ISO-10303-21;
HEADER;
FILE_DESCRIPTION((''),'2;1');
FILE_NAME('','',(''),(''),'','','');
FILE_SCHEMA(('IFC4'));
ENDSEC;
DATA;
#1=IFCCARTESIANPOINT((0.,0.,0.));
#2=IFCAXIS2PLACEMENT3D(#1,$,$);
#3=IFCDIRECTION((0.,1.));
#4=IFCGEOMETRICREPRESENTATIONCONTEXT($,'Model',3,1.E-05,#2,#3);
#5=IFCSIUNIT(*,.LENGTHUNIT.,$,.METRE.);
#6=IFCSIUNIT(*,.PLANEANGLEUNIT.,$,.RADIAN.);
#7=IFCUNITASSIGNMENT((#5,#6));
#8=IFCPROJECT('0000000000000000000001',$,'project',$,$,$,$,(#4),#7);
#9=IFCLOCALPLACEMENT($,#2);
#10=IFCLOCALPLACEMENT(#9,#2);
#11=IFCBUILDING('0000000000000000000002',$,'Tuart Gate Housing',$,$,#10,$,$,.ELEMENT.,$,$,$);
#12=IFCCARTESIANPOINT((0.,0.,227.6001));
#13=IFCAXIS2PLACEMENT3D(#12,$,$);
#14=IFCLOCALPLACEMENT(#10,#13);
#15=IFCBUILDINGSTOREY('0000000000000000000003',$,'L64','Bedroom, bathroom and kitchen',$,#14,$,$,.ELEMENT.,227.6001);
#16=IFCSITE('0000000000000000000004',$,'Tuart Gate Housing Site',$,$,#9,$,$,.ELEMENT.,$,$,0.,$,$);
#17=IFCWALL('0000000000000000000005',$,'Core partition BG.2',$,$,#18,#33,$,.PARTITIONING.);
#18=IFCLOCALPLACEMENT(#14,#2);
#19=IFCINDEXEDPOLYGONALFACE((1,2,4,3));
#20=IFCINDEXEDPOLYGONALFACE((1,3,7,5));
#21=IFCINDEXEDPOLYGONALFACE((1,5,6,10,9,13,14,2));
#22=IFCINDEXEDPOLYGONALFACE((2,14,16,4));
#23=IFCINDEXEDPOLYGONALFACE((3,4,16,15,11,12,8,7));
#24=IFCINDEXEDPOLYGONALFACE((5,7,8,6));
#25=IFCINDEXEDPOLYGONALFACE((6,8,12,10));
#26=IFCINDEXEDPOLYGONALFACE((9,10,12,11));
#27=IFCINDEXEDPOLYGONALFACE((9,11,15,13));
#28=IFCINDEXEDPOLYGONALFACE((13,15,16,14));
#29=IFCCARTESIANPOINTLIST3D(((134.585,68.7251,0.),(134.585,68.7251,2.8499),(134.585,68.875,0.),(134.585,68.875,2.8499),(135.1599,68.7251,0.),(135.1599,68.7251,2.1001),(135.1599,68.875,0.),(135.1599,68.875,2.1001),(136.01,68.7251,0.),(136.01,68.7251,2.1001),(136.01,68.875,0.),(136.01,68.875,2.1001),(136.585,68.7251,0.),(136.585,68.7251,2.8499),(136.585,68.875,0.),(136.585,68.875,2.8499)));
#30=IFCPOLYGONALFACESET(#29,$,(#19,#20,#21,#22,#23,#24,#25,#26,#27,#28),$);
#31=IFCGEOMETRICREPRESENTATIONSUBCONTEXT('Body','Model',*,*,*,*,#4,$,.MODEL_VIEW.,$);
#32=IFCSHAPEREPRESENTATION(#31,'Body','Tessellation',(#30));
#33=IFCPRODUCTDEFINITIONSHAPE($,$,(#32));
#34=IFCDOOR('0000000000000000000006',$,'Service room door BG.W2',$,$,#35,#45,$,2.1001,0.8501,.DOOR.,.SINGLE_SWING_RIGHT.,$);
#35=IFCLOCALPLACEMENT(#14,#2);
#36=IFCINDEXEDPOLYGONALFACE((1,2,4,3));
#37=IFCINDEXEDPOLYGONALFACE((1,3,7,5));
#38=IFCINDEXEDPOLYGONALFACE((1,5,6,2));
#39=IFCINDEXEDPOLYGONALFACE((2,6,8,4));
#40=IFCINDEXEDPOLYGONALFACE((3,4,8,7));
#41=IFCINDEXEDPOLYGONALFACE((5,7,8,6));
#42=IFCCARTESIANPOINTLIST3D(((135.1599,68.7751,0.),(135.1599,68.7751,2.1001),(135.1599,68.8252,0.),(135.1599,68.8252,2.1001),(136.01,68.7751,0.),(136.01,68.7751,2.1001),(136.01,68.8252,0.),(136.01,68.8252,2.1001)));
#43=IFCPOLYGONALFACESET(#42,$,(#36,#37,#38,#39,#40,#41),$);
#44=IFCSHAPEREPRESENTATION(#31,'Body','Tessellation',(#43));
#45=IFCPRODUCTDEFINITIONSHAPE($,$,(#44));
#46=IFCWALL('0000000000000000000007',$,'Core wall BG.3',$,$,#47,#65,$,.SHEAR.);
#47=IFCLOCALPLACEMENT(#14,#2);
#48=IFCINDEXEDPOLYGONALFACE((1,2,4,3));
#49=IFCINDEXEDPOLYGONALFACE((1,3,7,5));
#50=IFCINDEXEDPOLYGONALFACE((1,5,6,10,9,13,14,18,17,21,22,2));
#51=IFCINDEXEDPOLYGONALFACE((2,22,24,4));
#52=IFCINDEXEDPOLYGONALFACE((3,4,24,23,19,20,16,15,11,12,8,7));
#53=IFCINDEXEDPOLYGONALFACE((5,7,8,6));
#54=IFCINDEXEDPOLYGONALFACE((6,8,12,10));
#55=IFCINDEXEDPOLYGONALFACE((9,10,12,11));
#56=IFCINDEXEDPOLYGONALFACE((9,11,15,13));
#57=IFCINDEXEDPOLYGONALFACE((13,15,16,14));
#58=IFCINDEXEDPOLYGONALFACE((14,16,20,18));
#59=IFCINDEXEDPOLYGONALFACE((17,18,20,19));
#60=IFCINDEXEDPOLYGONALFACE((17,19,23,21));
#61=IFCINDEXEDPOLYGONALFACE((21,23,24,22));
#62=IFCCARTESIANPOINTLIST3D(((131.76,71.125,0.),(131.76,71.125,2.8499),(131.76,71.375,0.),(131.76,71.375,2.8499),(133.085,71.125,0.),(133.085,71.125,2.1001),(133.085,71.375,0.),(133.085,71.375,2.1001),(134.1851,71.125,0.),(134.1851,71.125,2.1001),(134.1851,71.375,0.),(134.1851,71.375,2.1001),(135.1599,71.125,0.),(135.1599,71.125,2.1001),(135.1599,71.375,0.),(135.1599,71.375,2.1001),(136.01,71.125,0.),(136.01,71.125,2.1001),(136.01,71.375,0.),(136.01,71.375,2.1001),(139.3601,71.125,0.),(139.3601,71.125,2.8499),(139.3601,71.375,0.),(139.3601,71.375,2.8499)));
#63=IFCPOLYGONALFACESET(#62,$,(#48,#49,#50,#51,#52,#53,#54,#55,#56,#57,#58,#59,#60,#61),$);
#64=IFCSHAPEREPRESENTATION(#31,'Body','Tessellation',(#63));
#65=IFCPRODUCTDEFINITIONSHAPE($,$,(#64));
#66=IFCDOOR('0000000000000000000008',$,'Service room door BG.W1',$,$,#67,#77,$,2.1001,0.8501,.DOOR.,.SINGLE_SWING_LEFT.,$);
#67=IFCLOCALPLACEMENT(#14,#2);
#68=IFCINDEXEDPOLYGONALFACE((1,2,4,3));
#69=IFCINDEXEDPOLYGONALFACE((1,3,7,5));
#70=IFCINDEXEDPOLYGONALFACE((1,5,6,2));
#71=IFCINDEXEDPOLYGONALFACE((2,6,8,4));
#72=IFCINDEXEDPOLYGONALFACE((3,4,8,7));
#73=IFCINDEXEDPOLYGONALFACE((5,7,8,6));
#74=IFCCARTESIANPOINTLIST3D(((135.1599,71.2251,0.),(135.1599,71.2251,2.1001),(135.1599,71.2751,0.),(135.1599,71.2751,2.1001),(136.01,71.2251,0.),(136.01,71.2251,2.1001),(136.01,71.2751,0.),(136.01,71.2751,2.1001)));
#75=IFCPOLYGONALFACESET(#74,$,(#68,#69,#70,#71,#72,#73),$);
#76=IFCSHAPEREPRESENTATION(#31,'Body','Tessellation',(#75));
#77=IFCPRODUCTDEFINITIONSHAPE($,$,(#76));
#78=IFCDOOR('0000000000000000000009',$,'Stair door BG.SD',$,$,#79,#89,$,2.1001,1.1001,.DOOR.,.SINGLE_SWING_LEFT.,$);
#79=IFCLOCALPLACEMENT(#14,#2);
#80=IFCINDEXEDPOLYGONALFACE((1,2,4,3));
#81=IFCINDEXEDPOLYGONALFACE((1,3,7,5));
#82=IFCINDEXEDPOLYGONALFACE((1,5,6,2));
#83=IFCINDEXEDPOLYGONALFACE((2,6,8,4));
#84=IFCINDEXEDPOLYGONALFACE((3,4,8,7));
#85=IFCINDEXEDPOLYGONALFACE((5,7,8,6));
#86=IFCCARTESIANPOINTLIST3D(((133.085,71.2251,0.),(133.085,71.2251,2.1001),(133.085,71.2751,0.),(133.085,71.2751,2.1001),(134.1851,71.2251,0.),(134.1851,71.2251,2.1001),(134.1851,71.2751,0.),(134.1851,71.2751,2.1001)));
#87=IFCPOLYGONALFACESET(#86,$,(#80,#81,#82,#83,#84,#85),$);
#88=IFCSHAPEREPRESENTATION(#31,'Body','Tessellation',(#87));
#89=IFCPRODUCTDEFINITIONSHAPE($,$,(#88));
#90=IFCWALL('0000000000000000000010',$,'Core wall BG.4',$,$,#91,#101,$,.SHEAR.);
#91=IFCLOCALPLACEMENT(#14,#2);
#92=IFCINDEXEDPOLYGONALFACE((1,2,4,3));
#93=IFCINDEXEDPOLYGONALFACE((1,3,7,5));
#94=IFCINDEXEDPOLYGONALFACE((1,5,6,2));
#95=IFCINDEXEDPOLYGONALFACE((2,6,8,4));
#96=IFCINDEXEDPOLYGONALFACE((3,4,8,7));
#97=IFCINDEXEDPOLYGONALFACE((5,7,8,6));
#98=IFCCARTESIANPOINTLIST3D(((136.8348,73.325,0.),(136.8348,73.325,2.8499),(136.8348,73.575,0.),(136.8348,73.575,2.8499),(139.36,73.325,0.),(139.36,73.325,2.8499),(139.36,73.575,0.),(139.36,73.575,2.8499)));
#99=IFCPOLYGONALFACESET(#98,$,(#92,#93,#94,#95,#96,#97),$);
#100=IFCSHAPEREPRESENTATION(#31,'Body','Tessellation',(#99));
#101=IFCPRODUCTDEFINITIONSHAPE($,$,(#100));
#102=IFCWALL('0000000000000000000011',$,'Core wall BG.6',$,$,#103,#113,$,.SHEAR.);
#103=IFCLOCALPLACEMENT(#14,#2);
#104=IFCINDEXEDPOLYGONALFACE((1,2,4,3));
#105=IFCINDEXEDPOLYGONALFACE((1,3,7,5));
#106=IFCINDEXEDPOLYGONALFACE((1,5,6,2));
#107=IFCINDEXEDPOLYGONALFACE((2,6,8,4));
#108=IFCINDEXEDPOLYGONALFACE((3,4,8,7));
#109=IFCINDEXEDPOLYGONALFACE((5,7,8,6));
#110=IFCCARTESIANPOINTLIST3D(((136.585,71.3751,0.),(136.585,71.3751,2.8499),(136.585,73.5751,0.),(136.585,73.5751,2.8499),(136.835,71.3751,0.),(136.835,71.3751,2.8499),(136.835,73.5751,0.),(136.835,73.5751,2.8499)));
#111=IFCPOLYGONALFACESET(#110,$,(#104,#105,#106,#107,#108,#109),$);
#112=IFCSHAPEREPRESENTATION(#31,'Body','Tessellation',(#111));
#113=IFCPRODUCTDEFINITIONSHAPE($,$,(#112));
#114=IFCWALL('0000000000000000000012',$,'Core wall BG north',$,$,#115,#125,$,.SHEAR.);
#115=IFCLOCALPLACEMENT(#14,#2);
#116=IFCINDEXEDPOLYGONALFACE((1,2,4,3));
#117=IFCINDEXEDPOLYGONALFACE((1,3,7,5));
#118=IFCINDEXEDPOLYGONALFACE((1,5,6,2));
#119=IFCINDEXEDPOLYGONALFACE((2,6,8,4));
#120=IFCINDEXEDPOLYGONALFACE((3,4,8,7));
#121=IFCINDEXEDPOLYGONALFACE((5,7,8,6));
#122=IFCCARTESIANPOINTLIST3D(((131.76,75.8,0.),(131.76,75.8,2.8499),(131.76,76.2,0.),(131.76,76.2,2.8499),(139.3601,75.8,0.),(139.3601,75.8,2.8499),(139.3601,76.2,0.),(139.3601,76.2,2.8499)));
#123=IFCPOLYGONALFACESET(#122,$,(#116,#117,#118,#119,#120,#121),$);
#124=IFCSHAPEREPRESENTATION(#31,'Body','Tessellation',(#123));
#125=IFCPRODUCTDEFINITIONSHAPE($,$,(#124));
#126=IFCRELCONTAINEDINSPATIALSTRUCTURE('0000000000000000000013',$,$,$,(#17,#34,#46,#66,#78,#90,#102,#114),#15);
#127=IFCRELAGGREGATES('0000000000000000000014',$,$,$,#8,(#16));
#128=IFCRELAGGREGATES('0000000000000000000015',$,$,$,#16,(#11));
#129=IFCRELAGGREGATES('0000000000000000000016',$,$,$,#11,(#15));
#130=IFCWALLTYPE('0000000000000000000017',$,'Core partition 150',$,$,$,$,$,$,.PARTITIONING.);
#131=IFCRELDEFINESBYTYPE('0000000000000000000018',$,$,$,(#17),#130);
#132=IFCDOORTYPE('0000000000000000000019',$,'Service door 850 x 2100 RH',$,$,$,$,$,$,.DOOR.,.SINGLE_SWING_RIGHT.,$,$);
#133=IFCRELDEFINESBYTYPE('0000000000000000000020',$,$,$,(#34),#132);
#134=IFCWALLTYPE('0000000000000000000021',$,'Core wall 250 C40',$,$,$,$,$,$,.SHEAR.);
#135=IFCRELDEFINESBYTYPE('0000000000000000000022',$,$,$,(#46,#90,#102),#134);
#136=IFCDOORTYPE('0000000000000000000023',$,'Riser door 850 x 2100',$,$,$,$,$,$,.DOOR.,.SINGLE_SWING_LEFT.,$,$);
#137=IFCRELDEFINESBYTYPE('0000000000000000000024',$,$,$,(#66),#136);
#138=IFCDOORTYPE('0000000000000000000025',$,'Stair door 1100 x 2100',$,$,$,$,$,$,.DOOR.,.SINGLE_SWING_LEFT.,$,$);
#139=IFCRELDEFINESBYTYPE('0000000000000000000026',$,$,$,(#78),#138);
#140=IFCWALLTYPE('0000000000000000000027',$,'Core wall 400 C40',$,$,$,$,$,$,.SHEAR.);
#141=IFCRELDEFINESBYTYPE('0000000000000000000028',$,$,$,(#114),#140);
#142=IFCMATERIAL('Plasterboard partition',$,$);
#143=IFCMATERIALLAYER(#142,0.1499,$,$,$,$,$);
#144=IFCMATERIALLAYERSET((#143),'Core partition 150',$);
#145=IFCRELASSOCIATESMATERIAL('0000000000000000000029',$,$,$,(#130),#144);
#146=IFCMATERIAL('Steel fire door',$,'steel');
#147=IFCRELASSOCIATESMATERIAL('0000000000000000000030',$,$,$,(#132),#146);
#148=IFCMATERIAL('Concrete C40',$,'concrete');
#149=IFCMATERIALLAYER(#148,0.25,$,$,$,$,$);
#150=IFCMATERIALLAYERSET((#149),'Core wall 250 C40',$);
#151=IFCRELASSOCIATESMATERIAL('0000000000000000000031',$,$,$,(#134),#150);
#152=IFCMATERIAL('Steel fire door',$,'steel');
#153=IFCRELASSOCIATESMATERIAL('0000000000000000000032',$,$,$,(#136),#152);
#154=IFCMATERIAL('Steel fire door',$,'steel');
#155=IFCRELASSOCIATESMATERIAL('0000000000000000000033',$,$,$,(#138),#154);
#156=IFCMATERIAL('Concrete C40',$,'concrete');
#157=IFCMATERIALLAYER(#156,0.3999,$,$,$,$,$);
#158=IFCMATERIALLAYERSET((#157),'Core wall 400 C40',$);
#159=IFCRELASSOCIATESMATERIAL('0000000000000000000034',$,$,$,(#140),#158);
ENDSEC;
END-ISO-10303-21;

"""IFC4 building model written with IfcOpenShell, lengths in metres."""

from ifc_helpers import new_model, si_unit, direction, frame, frame_2d, origin, place, context, subcontext, project, spatial, rectangle, extrude, material, layer, layer_set, type_object, element, fill, save


model = new_model("IFC4")

# Units and contexts
model_context = context("Model", 3, precision=1e-05, world=origin(), true_north=direction((0.0, 1.0)))
body_context = subcontext(model_context, "Body", "Model", "MODEL_VIEW")
ifc_project = project(units=[si_unit("LENGTHUNIT", "METRE"), si_unit("PLANEANGLEUNIT", "RADIAN")], contexts=[model_context])

# Site, building, storey
site_placement = place(None, origin())
site = spatial("IfcSite", under=ifc_project, at=site_placement, Name="Tuart Gate Housing Site", CompositionType="ELEMENT", RefElevation=0.0)
building_placement = place(site_placement, origin())
building = spatial("IfcBuilding", under=site, at=building_placement, Name="Tuart Gate Housing", CompositionType="ELEMENT")
storey_placement = place(building_placement, frame((0.0, 0.0, 227.6001)))
storey = spatial("IfcBuildingStorey", under=building, at=storey_placement, Name="L64", Description="Bedroom, bathroom and kitchen", CompositionType="ELEMENT", Elevation=227.6001)

# Wall, opening, door
ifc_material_1 = material(Name="Plasterboard partition")
ifc_layer_1 = layer(ifc_material_1, 0.1499)
ifc_layer_set_1 = layer_set([ifc_layer_1], Name="Core partition 150")
wall_type_1 = type_object("IfcWallType", Name="Core partition 150", PredefinedType="PARTITIONING", material=ifc_layer_set_1)
wall_1_placement = place(storey_placement, frame((136.585, 68.8, 0.0), z_axis=(0.0, 0.0, 1.0), x_axis=(-1.0, 0.0, 0.0)))
wall_1 = element("IfcWall", 1, at=wall_1_placement, inside=storey, type_object=wall_type_1, Name="Core partition BG.2", PredefinedType="PARTITIONING", context=body_context, shape_type="SweptSolid", body=[
    extrude(rectangle(XDim=2.0, YDim=0.1499, at=frame_2d((1.0, 0.0))), origin(), (0.0, 0.0, 1.0), 2.8499),
])
opening_1_placement = place(wall_1_placement, frame((0.575, 0.0, 0.0)))
opening_1 = element("IfcOpeningElement", 2, at=opening_1_placement, cuts=wall_1, PredefinedType="OPENING", context=body_context, shape_type="SweptSolid", body=[
    extrude(rectangle(XDim=0.8501, YDim=2.1001, at=frame_2d((0.425, 1.05))), frame((0.0, 0.085, 0.0), z_axis=(0.0, -1.0, 0.0), x_axis=(1.0, 0.0, 0.0)), (0.0, 0.0, 1.0), 0.1699),
])
ifc_material_2 = material(Name="Steel fire door", Category="steel")
door_type_1 = type_object("IfcDoorType", Name="Service door 850 x 2100 RH", OperationType="SINGLE_SWING_RIGHT", PredefinedType="DOOR", material=ifc_material_2)
door_1_placement = place(opening_1_placement, frame((0.8501, 0.0, 0.0), z_axis=(0.0, 0.0, 1.0), x_axis=(-1.0, 0.0, 0.0)))
door_1 = element("IfcDoor", 3, at=door_1_placement, inside=storey, type_object=door_type_1, Name="Service room door BG.W2", OperationType="SINGLE_SWING_RIGHT", OverallHeight=2.1001, OverallWidth=0.8501, PredefinedType="DOOR", context=body_context, shape_type="SweptSolid", body=[
    extrude(rectangle(XDim=0.8501, YDim=2.1001, at=frame_2d((0.425, 1.05))), frame((0.0, 0.0251, 0.0), z_axis=(0.0, -1.0, 0.0), x_axis=(1.0, 0.0, 0.0)), (0.0, 0.0, 1.0), 0.05),
])
fill(opening_1, door_1)

# Wall, openings, doors
ifc_material_3 = material(Name="Concrete C40", Category="concrete")
ifc_layer_2 = layer(ifc_material_3, 0.25)
ifc_layer_set_2 = layer_set([ifc_layer_2], Name="Core wall 250 C40")
wall_type_2 = type_object("IfcWallType", Name="Core wall 250 C40", PredefinedType="SHEAR", material=ifc_layer_set_2)
wall_2_placement = place(storey_placement, frame((139.3601, 71.25, 0.0), z_axis=(0.0, 0.0, 1.0), x_axis=(-1.0, 0.0, 0.0)))
wall_2 = element("IfcWall", 4, at=wall_2_placement, inside=storey, type_object=wall_type_2, Name="Core wall BG.3", PredefinedType="SHEAR", context=body_context, shape_type="SweptSolid", body=[
    extrude(rectangle(XDim=7.6001, YDim=0.25, at=frame_2d((3.8, 0.0))), origin(), (0.0, 0.0, 1.0), 2.8499),
])
opening_2_placement = place(wall_2_placement, frame((5.175, 0.0, 0.0)))
opening_2 = element("IfcOpeningElement", 5, at=opening_2_placement, cuts=wall_2, PredefinedType="OPENING", context=body_context, shape_type="SweptSolid", body=[
    extrude(rectangle(XDim=1.1001, YDim=2.1001, at=frame_2d((0.55, 1.05))), frame((0.0, 0.135, 0.0), z_axis=(0.0, -1.0, 0.0), x_axis=(1.0, 0.0, 0.0)), (0.0, 0.0, 1.0), 0.27),
])
opening_3_placement = place(wall_2_placement, frame((3.3501, 0.0, 0.0)))
opening_3 = element("IfcOpeningElement", 6, at=opening_3_placement, cuts=wall_2, PredefinedType="OPENING", context=body_context, shape_type="SweptSolid", body=[
    extrude(rectangle(XDim=0.8501, YDim=2.1001, at=frame_2d((0.425, 1.05))), frame((0.0, 0.135, 0.0), z_axis=(0.0, -1.0, 0.0), x_axis=(1.0, 0.0, 0.0)), (0.0, 0.0, 1.0), 0.27),
])
ifc_material_4 = material(Name="Steel fire door", Category="steel")
door_type_2 = type_object("IfcDoorType", Name="Riser door 850 x 2100", OperationType="SINGLE_SWING_LEFT", PredefinedType="DOOR", material=ifc_material_4)
door_2_placement = place(opening_3_placement, origin())
door_2 = element("IfcDoor", 7, at=door_2_placement, inside=storey, type_object=door_type_2, Name="Service room door BG.W1", OperationType="SINGLE_SWING_LEFT", OverallHeight=2.1001, OverallWidth=0.8501, PredefinedType="DOOR", context=body_context, shape_type="SweptSolid", body=[
    extrude(rectangle(XDim=0.8501, YDim=2.1001, at=frame_2d((0.425, 1.05))), frame((0.0, 0.0249, 0.0), z_axis=(0.0, -1.0, 0.0), x_axis=(1.0, 0.0, 0.0)), (0.0, 0.0, 1.0), 0.05),
])
fill(opening_3, door_2)
ifc_material_5 = material(Name="Steel fire door", Category="steel")
door_type_3 = type_object("IfcDoorType", Name="Stair door 1100 x 2100", OperationType="SINGLE_SWING_LEFT", PredefinedType="DOOR", material=ifc_material_5)
door_3_placement = place(opening_2_placement, origin())
door_3 = element("IfcDoor", 8, at=door_3_placement, inside=storey, type_object=door_type_3, Name="Stair door BG.SD", OperationType="SINGLE_SWING_LEFT", OverallHeight=2.1001, OverallWidth=1.1001, PredefinedType="DOOR", context=body_context, shape_type="SweptSolid", body=[
    extrude(rectangle(XDim=1.1001, YDim=2.1001, at=frame_2d((0.55, 1.05))), frame((0.0, 0.0249, 0.0), z_axis=(0.0, -1.0, 0.0), x_axis=(1.0, 0.0, 0.0)), (0.0, 0.0, 1.0), 0.05),
])
fill(opening_2, door_3)

# Walls
wall_3_placement = place(storey_placement, frame((139.3601, 73.45, 0.0), z_axis=(0.0, 0.0, 1.0), x_axis=(-1.0, 0.0, 0.0)))
element("IfcWall", 9, at=wall_3_placement, inside=storey, type_object=wall_type_2, Name="Core wall BG.4", PredefinedType="SHEAR", context=body_context, shape_type="SweptSolid", body=[
    extrude(rectangle(XDim=2.5251, YDim=0.25, at=frame_2d((1.2627, 0.0))), origin(), (0.0, 0.0, 1.0), 2.8499),
])
wall_4_placement = place(storey_placement, frame((136.71, 71.375, 0.0), z_axis=(0.0, 0.0, 1.0), x_axis=(0.0, 1.0, 0.0)))
element("IfcWall", 10, at=wall_4_placement, inside=storey, type_object=wall_type_2, Name="Core wall BG.6", PredefinedType="SHEAR", context=body_context, shape_type="SweptSolid", body=[
    extrude(rectangle(XDim=2.2, YDim=0.25, at=frame_2d((1.1001, 0.0))), origin(), (0.0, 0.0, 1.0), 2.8499),
])
ifc_material_6 = material(Name="Concrete C40", Category="concrete")
ifc_layer_3 = layer(ifc_material_6, 0.3999)
ifc_layer_set_3 = layer_set([ifc_layer_3], Name="Core wall 400 C40")
wall_type_3 = type_object("IfcWallType", Name="Core wall 400 C40", PredefinedType="SHEAR", material=ifc_layer_set_3)
wall_5_placement = place(storey_placement, frame((139.3601, 76.0, 0.0), z_axis=(0.0, 0.0, 1.0), x_axis=(-1.0, 0.0, 0.0)))
element("IfcWall", 11, at=wall_5_placement, inside=storey, type_object=wall_type_3, Name="Core wall BG north", PredefinedType="SHEAR", context=body_context, shape_type="SweptSolid", body=[
    extrude(rectangle(XDim=7.6001, YDim=0.3999, at=frame_2d((3.8, 0.0))), origin(), (0.0, 0.0, 1.0), 2.8499),
])

save(model, "model.ifc")
